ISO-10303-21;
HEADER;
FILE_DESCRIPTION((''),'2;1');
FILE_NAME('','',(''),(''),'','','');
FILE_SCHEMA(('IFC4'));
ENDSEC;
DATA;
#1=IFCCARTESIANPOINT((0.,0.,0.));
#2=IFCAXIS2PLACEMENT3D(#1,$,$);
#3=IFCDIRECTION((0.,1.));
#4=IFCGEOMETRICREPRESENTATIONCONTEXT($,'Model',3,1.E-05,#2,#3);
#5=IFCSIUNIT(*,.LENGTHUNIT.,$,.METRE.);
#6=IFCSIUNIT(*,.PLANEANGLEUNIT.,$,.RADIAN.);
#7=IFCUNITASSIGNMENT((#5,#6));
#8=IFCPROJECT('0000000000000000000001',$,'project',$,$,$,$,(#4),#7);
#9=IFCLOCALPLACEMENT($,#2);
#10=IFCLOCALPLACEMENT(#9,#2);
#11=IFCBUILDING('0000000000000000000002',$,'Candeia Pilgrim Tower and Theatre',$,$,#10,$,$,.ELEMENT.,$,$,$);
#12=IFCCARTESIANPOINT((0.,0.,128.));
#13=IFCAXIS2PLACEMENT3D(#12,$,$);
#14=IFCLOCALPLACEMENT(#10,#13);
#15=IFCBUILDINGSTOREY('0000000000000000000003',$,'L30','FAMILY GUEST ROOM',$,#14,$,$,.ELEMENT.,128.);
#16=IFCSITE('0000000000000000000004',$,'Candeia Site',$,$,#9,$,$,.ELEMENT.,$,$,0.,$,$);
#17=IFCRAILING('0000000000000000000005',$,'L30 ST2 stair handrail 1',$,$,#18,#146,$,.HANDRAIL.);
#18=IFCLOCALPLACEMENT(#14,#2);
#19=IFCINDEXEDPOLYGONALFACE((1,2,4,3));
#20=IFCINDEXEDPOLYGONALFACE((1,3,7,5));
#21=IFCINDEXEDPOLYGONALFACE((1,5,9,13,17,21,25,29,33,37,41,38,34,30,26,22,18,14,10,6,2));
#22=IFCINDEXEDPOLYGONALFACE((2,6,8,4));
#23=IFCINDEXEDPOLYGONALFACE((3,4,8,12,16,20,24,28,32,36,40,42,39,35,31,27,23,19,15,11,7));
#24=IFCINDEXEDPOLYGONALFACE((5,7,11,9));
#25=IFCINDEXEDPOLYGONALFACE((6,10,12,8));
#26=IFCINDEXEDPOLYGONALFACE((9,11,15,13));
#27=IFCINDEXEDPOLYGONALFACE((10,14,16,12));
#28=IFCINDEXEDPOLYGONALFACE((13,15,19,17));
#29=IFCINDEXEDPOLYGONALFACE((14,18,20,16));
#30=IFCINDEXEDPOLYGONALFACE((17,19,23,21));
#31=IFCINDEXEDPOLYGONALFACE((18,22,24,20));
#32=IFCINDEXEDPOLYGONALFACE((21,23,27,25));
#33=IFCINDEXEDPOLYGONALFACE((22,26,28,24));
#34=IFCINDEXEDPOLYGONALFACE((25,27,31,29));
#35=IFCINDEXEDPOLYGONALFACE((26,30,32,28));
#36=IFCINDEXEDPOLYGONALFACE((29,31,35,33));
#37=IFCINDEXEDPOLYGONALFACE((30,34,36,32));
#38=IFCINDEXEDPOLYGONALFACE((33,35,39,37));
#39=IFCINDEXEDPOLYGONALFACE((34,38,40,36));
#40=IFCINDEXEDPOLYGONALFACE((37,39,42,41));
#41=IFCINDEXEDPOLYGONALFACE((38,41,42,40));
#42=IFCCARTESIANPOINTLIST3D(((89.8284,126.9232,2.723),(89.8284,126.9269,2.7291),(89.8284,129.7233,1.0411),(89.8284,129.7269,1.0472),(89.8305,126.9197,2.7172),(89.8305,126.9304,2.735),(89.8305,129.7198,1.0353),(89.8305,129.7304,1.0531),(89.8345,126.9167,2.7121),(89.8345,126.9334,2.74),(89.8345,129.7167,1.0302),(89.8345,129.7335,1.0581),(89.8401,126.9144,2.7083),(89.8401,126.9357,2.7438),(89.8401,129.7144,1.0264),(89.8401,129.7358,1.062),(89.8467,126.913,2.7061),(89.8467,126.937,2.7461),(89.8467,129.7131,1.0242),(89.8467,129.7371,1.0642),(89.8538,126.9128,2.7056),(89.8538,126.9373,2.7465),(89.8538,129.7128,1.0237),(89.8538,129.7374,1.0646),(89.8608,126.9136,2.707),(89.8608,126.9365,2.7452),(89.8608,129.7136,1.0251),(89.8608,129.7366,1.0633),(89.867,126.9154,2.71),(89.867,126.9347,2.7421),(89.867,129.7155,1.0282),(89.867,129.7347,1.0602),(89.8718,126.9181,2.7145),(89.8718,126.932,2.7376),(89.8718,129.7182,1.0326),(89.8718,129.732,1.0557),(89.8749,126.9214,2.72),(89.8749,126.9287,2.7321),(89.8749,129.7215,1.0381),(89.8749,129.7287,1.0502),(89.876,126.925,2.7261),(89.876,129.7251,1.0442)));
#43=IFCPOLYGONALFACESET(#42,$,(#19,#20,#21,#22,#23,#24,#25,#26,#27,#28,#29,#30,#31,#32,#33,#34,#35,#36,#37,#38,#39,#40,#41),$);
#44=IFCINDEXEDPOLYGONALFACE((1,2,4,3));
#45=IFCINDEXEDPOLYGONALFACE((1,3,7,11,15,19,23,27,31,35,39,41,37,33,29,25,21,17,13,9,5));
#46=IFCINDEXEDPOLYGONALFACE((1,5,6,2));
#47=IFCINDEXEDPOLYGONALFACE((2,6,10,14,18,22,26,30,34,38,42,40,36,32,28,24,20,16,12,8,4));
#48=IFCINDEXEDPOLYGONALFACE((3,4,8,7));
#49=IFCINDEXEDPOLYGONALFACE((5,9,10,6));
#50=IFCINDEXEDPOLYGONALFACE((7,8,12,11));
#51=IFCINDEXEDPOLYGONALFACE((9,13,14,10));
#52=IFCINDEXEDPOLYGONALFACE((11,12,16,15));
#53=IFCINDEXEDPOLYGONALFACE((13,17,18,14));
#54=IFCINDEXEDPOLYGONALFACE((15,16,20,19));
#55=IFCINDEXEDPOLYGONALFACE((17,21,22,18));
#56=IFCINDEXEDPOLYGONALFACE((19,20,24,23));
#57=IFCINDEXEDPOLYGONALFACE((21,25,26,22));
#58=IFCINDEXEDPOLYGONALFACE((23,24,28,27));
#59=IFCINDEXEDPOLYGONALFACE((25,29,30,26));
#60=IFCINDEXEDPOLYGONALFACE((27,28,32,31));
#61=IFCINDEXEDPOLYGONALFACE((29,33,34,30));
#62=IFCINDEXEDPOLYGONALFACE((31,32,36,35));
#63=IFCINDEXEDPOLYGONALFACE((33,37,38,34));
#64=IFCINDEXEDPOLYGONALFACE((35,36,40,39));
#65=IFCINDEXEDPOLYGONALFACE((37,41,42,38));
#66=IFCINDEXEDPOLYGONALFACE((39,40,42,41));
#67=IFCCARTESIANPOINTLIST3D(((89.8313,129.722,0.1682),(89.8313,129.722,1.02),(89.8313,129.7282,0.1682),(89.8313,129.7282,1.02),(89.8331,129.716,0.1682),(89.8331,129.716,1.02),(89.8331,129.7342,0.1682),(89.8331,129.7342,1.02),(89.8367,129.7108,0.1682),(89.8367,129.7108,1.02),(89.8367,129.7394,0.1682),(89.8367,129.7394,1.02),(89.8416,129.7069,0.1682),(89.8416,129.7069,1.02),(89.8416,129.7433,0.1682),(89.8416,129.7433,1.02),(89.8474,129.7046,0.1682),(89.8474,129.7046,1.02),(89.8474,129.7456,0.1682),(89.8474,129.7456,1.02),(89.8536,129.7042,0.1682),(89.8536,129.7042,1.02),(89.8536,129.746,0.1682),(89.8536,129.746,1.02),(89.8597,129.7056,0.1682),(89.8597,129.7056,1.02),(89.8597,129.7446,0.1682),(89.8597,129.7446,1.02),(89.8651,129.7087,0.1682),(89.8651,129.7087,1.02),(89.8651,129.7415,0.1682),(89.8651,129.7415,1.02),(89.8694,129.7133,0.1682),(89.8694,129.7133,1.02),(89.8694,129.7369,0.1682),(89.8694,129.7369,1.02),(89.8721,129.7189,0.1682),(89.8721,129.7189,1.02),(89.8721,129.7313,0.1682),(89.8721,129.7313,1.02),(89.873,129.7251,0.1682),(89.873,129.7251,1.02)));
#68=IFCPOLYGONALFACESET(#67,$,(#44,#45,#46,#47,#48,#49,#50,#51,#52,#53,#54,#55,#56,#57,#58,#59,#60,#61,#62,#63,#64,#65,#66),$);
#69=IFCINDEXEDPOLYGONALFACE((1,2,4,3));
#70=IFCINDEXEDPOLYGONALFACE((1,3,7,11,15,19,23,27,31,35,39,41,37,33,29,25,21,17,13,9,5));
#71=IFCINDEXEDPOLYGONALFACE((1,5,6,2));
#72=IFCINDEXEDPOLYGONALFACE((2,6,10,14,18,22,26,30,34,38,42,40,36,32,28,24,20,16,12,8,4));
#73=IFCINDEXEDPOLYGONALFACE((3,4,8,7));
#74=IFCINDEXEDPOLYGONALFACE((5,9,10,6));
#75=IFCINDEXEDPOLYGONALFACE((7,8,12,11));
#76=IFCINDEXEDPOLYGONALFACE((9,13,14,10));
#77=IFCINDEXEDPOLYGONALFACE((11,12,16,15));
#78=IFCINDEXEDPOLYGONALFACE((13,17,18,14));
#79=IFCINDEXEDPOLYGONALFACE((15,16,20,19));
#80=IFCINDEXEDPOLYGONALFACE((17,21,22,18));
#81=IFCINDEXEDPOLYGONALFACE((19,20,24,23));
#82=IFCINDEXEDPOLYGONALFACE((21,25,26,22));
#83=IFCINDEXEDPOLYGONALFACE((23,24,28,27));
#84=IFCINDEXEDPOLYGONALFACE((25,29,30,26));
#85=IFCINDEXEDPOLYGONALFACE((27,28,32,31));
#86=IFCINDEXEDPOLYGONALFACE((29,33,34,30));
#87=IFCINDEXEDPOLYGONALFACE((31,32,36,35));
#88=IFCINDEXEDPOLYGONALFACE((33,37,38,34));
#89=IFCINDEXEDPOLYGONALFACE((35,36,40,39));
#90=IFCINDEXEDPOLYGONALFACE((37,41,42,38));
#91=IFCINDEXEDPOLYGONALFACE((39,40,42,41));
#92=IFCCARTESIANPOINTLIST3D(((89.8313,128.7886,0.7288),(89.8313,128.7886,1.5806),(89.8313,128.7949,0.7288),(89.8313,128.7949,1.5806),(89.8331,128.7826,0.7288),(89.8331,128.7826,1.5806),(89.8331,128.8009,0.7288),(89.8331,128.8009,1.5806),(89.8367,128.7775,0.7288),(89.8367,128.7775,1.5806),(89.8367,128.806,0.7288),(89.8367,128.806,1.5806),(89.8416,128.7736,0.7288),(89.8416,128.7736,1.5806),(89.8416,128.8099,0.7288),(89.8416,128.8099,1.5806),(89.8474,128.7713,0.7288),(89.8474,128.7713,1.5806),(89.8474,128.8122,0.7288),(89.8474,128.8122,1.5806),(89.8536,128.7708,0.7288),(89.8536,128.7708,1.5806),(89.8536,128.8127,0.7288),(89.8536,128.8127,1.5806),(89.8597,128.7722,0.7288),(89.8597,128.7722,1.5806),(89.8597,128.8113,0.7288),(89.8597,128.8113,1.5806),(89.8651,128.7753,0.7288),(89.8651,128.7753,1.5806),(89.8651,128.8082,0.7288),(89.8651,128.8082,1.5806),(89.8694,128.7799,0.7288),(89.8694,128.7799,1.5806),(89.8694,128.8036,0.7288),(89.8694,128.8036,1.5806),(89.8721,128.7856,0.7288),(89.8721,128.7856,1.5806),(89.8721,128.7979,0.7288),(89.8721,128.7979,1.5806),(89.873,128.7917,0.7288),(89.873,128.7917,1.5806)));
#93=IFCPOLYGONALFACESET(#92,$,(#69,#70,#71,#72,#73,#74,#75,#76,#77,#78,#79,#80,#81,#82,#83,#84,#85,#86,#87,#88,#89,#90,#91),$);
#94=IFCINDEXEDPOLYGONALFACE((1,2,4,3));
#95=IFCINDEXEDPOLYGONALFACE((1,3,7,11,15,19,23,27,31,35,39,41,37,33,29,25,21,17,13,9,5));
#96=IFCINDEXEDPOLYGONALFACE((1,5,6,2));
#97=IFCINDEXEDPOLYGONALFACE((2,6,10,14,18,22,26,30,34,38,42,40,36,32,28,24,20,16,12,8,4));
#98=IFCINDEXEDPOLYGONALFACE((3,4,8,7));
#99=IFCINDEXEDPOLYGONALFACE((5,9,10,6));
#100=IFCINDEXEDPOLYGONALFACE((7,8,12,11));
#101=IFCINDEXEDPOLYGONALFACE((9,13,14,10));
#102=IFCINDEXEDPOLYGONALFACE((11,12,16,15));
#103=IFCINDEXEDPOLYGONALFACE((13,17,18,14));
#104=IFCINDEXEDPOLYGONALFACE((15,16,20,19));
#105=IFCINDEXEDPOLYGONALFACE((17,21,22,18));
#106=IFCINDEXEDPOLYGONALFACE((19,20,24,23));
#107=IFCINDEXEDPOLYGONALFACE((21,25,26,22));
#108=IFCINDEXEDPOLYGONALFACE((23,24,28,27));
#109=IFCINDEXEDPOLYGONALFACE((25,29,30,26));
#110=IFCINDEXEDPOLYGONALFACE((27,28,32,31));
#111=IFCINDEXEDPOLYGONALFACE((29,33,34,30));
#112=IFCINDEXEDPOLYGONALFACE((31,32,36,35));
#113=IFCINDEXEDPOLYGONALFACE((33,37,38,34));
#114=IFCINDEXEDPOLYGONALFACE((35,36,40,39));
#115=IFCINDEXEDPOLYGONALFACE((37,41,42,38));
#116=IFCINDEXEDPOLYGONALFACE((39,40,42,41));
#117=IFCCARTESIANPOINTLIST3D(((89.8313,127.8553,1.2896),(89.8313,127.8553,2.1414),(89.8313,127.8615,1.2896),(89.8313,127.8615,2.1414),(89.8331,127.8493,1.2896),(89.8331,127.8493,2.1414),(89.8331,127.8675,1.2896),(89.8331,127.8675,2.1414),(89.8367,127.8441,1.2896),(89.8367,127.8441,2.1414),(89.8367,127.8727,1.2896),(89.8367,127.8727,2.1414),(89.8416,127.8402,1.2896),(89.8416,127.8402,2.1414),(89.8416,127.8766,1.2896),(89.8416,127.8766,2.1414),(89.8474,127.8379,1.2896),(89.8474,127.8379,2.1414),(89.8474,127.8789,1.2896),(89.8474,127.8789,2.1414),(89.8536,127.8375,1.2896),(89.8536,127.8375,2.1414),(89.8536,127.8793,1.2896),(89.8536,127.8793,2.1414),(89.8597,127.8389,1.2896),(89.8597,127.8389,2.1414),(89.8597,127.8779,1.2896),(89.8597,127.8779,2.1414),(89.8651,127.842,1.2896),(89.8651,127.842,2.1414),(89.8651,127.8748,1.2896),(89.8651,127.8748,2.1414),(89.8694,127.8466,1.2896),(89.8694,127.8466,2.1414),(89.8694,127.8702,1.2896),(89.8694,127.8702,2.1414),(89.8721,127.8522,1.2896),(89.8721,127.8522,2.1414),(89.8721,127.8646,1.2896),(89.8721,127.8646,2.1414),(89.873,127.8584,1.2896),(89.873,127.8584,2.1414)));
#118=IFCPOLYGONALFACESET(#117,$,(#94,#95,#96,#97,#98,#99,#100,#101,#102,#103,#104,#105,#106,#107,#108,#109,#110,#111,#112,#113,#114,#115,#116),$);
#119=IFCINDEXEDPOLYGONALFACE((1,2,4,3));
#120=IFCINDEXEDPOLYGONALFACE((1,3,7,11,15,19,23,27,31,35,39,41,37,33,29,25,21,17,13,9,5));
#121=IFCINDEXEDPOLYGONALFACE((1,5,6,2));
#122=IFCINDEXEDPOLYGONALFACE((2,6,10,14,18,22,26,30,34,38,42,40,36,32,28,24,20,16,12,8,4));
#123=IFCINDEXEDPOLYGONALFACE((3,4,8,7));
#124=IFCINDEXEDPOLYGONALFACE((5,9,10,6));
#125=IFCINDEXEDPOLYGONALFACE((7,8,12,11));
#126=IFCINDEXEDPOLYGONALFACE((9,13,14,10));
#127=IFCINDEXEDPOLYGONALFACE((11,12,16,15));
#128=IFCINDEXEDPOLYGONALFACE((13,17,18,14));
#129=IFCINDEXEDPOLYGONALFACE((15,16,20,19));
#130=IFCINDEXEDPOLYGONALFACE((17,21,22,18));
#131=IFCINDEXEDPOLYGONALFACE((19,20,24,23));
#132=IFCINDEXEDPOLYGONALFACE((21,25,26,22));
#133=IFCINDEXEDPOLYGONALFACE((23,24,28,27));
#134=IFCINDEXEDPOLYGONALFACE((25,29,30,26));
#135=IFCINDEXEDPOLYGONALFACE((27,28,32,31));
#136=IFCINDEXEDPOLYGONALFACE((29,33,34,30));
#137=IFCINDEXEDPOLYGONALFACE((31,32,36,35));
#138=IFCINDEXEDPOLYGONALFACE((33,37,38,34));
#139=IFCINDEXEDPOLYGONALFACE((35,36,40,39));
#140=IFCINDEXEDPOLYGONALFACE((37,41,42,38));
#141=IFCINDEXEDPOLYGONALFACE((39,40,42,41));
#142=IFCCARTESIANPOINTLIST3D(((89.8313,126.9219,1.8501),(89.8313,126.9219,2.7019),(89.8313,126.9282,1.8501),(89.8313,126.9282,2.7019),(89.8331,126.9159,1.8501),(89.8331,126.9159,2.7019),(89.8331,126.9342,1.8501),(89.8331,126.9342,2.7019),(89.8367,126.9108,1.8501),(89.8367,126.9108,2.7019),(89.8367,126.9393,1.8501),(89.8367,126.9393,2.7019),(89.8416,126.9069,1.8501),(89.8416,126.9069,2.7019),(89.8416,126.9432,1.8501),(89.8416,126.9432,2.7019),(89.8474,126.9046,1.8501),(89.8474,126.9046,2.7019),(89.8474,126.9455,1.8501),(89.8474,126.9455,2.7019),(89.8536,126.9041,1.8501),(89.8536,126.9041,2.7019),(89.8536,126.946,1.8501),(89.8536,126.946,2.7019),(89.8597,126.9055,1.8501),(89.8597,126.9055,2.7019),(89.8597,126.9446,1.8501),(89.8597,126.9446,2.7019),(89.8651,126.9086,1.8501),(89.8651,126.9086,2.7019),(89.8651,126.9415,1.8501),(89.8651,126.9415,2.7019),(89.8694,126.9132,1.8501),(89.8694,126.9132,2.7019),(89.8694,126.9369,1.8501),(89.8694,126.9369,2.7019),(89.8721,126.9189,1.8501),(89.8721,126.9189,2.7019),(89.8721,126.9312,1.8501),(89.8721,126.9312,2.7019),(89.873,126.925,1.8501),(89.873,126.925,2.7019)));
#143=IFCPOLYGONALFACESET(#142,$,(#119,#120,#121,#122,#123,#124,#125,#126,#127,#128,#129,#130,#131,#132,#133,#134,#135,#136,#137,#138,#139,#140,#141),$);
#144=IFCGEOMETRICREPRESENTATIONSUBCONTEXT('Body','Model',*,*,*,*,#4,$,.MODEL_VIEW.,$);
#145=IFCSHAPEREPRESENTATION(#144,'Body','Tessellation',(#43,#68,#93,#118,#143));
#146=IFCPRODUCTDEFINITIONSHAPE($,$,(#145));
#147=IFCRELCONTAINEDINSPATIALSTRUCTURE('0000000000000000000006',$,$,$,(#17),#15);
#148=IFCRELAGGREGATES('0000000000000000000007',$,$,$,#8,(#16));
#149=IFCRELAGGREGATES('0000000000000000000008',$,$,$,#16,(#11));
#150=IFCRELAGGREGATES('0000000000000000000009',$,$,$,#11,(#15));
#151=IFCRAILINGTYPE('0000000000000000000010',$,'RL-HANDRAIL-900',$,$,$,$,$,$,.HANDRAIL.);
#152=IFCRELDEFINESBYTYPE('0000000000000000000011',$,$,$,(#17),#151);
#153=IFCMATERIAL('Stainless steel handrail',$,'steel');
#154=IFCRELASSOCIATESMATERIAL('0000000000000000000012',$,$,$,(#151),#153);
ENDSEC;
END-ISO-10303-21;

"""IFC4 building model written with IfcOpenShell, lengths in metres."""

from ifc_helpers import new_model, si_unit, direction, frame, origin, origin_2d, place, context, subcontext, project, spatial, circle, extrude, material, type_object, element, save


model = new_model("IFC4")

# Units and contexts
model_context = context("Model", 3, precision=1e-05, world=origin(), true_north=direction((0.0, 1.0)))
body_context = subcontext(model_context, "Body", "Model", "MODEL_VIEW")
ifc_project = project(units=[si_unit("LENGTHUNIT", "METRE"), si_unit("PLANEANGLEUNIT", "RADIAN")], contexts=[model_context])

# Site, building, storey
site_placement = place(None, origin())
site = spatial("IfcSite", under=ifc_project, at=site_placement, Name="Candeia Site", CompositionType="ELEMENT", RefElevation=0.0)
building_placement = place(site_placement, origin())
building = spatial("IfcBuilding", under=site, at=building_placement, Name="Candeia Pilgrim Tower and Theatre", CompositionType="ELEMENT")
storey_placement = place(building_placement, frame((0.0, 0.0, 128.0)))
storey = spatial("IfcBuildingStorey", under=building, at=storey_placement, Name="L30", Description="FAMILY GUEST ROOM", CompositionType="ELEMENT", Elevation=128.0)

# Railing
ifc_material_1 = material(Name="Stainless steel handrail", Category="steel")
railing_type_1 = type_object("IfcRailingType", Name="RL-HANDRAIL-900", PredefinedType="HANDRAIL", material=ifc_material_1)
for number, where, name in (
    (1, (89.8521, 129.7251, 0.1682), "L30 ST2 stair handrail 1"),
):
    element("IfcRailing", number, at=place(storey_placement, frame(where)), inside=storey, type_object=railing_type_1, Name=name, PredefinedType="HANDRAIL", context=body_context, shape_type="SweptSolid", body=[
        extrude(circle(Radius=0.0239, at=origin_2d()), frame((0.0, 0.0, 0.876), z_axis=(0.0, -0.857242, 0.514913), x_axis=(1.0, 0.0, 0.0)), (0.0, 0.0, 1.0), 3.2664),
        extrude(circle(Radius=0.021, at=origin_2d()), origin(), (0.0, 0.0, 1.0), 0.8518),
        extrude(circle(Radius=0.021, at=origin_2d()), frame((0.0, -0.9333, 0.5605)), (0.0, 0.0, 1.0), 0.8518),
        extrude(circle(Radius=0.021, at=origin_2d()), frame((0.0, -1.8667, 1.1213)), (0.0, 0.0, 1.0), 0.8518),
        extrude(circle(Radius=0.021, at=origin_2d()), frame((0.0, -2.8, 1.6819)), (0.0, 0.0, 1.0), 0.8518),
    ])

save(model, "model.ifc")
